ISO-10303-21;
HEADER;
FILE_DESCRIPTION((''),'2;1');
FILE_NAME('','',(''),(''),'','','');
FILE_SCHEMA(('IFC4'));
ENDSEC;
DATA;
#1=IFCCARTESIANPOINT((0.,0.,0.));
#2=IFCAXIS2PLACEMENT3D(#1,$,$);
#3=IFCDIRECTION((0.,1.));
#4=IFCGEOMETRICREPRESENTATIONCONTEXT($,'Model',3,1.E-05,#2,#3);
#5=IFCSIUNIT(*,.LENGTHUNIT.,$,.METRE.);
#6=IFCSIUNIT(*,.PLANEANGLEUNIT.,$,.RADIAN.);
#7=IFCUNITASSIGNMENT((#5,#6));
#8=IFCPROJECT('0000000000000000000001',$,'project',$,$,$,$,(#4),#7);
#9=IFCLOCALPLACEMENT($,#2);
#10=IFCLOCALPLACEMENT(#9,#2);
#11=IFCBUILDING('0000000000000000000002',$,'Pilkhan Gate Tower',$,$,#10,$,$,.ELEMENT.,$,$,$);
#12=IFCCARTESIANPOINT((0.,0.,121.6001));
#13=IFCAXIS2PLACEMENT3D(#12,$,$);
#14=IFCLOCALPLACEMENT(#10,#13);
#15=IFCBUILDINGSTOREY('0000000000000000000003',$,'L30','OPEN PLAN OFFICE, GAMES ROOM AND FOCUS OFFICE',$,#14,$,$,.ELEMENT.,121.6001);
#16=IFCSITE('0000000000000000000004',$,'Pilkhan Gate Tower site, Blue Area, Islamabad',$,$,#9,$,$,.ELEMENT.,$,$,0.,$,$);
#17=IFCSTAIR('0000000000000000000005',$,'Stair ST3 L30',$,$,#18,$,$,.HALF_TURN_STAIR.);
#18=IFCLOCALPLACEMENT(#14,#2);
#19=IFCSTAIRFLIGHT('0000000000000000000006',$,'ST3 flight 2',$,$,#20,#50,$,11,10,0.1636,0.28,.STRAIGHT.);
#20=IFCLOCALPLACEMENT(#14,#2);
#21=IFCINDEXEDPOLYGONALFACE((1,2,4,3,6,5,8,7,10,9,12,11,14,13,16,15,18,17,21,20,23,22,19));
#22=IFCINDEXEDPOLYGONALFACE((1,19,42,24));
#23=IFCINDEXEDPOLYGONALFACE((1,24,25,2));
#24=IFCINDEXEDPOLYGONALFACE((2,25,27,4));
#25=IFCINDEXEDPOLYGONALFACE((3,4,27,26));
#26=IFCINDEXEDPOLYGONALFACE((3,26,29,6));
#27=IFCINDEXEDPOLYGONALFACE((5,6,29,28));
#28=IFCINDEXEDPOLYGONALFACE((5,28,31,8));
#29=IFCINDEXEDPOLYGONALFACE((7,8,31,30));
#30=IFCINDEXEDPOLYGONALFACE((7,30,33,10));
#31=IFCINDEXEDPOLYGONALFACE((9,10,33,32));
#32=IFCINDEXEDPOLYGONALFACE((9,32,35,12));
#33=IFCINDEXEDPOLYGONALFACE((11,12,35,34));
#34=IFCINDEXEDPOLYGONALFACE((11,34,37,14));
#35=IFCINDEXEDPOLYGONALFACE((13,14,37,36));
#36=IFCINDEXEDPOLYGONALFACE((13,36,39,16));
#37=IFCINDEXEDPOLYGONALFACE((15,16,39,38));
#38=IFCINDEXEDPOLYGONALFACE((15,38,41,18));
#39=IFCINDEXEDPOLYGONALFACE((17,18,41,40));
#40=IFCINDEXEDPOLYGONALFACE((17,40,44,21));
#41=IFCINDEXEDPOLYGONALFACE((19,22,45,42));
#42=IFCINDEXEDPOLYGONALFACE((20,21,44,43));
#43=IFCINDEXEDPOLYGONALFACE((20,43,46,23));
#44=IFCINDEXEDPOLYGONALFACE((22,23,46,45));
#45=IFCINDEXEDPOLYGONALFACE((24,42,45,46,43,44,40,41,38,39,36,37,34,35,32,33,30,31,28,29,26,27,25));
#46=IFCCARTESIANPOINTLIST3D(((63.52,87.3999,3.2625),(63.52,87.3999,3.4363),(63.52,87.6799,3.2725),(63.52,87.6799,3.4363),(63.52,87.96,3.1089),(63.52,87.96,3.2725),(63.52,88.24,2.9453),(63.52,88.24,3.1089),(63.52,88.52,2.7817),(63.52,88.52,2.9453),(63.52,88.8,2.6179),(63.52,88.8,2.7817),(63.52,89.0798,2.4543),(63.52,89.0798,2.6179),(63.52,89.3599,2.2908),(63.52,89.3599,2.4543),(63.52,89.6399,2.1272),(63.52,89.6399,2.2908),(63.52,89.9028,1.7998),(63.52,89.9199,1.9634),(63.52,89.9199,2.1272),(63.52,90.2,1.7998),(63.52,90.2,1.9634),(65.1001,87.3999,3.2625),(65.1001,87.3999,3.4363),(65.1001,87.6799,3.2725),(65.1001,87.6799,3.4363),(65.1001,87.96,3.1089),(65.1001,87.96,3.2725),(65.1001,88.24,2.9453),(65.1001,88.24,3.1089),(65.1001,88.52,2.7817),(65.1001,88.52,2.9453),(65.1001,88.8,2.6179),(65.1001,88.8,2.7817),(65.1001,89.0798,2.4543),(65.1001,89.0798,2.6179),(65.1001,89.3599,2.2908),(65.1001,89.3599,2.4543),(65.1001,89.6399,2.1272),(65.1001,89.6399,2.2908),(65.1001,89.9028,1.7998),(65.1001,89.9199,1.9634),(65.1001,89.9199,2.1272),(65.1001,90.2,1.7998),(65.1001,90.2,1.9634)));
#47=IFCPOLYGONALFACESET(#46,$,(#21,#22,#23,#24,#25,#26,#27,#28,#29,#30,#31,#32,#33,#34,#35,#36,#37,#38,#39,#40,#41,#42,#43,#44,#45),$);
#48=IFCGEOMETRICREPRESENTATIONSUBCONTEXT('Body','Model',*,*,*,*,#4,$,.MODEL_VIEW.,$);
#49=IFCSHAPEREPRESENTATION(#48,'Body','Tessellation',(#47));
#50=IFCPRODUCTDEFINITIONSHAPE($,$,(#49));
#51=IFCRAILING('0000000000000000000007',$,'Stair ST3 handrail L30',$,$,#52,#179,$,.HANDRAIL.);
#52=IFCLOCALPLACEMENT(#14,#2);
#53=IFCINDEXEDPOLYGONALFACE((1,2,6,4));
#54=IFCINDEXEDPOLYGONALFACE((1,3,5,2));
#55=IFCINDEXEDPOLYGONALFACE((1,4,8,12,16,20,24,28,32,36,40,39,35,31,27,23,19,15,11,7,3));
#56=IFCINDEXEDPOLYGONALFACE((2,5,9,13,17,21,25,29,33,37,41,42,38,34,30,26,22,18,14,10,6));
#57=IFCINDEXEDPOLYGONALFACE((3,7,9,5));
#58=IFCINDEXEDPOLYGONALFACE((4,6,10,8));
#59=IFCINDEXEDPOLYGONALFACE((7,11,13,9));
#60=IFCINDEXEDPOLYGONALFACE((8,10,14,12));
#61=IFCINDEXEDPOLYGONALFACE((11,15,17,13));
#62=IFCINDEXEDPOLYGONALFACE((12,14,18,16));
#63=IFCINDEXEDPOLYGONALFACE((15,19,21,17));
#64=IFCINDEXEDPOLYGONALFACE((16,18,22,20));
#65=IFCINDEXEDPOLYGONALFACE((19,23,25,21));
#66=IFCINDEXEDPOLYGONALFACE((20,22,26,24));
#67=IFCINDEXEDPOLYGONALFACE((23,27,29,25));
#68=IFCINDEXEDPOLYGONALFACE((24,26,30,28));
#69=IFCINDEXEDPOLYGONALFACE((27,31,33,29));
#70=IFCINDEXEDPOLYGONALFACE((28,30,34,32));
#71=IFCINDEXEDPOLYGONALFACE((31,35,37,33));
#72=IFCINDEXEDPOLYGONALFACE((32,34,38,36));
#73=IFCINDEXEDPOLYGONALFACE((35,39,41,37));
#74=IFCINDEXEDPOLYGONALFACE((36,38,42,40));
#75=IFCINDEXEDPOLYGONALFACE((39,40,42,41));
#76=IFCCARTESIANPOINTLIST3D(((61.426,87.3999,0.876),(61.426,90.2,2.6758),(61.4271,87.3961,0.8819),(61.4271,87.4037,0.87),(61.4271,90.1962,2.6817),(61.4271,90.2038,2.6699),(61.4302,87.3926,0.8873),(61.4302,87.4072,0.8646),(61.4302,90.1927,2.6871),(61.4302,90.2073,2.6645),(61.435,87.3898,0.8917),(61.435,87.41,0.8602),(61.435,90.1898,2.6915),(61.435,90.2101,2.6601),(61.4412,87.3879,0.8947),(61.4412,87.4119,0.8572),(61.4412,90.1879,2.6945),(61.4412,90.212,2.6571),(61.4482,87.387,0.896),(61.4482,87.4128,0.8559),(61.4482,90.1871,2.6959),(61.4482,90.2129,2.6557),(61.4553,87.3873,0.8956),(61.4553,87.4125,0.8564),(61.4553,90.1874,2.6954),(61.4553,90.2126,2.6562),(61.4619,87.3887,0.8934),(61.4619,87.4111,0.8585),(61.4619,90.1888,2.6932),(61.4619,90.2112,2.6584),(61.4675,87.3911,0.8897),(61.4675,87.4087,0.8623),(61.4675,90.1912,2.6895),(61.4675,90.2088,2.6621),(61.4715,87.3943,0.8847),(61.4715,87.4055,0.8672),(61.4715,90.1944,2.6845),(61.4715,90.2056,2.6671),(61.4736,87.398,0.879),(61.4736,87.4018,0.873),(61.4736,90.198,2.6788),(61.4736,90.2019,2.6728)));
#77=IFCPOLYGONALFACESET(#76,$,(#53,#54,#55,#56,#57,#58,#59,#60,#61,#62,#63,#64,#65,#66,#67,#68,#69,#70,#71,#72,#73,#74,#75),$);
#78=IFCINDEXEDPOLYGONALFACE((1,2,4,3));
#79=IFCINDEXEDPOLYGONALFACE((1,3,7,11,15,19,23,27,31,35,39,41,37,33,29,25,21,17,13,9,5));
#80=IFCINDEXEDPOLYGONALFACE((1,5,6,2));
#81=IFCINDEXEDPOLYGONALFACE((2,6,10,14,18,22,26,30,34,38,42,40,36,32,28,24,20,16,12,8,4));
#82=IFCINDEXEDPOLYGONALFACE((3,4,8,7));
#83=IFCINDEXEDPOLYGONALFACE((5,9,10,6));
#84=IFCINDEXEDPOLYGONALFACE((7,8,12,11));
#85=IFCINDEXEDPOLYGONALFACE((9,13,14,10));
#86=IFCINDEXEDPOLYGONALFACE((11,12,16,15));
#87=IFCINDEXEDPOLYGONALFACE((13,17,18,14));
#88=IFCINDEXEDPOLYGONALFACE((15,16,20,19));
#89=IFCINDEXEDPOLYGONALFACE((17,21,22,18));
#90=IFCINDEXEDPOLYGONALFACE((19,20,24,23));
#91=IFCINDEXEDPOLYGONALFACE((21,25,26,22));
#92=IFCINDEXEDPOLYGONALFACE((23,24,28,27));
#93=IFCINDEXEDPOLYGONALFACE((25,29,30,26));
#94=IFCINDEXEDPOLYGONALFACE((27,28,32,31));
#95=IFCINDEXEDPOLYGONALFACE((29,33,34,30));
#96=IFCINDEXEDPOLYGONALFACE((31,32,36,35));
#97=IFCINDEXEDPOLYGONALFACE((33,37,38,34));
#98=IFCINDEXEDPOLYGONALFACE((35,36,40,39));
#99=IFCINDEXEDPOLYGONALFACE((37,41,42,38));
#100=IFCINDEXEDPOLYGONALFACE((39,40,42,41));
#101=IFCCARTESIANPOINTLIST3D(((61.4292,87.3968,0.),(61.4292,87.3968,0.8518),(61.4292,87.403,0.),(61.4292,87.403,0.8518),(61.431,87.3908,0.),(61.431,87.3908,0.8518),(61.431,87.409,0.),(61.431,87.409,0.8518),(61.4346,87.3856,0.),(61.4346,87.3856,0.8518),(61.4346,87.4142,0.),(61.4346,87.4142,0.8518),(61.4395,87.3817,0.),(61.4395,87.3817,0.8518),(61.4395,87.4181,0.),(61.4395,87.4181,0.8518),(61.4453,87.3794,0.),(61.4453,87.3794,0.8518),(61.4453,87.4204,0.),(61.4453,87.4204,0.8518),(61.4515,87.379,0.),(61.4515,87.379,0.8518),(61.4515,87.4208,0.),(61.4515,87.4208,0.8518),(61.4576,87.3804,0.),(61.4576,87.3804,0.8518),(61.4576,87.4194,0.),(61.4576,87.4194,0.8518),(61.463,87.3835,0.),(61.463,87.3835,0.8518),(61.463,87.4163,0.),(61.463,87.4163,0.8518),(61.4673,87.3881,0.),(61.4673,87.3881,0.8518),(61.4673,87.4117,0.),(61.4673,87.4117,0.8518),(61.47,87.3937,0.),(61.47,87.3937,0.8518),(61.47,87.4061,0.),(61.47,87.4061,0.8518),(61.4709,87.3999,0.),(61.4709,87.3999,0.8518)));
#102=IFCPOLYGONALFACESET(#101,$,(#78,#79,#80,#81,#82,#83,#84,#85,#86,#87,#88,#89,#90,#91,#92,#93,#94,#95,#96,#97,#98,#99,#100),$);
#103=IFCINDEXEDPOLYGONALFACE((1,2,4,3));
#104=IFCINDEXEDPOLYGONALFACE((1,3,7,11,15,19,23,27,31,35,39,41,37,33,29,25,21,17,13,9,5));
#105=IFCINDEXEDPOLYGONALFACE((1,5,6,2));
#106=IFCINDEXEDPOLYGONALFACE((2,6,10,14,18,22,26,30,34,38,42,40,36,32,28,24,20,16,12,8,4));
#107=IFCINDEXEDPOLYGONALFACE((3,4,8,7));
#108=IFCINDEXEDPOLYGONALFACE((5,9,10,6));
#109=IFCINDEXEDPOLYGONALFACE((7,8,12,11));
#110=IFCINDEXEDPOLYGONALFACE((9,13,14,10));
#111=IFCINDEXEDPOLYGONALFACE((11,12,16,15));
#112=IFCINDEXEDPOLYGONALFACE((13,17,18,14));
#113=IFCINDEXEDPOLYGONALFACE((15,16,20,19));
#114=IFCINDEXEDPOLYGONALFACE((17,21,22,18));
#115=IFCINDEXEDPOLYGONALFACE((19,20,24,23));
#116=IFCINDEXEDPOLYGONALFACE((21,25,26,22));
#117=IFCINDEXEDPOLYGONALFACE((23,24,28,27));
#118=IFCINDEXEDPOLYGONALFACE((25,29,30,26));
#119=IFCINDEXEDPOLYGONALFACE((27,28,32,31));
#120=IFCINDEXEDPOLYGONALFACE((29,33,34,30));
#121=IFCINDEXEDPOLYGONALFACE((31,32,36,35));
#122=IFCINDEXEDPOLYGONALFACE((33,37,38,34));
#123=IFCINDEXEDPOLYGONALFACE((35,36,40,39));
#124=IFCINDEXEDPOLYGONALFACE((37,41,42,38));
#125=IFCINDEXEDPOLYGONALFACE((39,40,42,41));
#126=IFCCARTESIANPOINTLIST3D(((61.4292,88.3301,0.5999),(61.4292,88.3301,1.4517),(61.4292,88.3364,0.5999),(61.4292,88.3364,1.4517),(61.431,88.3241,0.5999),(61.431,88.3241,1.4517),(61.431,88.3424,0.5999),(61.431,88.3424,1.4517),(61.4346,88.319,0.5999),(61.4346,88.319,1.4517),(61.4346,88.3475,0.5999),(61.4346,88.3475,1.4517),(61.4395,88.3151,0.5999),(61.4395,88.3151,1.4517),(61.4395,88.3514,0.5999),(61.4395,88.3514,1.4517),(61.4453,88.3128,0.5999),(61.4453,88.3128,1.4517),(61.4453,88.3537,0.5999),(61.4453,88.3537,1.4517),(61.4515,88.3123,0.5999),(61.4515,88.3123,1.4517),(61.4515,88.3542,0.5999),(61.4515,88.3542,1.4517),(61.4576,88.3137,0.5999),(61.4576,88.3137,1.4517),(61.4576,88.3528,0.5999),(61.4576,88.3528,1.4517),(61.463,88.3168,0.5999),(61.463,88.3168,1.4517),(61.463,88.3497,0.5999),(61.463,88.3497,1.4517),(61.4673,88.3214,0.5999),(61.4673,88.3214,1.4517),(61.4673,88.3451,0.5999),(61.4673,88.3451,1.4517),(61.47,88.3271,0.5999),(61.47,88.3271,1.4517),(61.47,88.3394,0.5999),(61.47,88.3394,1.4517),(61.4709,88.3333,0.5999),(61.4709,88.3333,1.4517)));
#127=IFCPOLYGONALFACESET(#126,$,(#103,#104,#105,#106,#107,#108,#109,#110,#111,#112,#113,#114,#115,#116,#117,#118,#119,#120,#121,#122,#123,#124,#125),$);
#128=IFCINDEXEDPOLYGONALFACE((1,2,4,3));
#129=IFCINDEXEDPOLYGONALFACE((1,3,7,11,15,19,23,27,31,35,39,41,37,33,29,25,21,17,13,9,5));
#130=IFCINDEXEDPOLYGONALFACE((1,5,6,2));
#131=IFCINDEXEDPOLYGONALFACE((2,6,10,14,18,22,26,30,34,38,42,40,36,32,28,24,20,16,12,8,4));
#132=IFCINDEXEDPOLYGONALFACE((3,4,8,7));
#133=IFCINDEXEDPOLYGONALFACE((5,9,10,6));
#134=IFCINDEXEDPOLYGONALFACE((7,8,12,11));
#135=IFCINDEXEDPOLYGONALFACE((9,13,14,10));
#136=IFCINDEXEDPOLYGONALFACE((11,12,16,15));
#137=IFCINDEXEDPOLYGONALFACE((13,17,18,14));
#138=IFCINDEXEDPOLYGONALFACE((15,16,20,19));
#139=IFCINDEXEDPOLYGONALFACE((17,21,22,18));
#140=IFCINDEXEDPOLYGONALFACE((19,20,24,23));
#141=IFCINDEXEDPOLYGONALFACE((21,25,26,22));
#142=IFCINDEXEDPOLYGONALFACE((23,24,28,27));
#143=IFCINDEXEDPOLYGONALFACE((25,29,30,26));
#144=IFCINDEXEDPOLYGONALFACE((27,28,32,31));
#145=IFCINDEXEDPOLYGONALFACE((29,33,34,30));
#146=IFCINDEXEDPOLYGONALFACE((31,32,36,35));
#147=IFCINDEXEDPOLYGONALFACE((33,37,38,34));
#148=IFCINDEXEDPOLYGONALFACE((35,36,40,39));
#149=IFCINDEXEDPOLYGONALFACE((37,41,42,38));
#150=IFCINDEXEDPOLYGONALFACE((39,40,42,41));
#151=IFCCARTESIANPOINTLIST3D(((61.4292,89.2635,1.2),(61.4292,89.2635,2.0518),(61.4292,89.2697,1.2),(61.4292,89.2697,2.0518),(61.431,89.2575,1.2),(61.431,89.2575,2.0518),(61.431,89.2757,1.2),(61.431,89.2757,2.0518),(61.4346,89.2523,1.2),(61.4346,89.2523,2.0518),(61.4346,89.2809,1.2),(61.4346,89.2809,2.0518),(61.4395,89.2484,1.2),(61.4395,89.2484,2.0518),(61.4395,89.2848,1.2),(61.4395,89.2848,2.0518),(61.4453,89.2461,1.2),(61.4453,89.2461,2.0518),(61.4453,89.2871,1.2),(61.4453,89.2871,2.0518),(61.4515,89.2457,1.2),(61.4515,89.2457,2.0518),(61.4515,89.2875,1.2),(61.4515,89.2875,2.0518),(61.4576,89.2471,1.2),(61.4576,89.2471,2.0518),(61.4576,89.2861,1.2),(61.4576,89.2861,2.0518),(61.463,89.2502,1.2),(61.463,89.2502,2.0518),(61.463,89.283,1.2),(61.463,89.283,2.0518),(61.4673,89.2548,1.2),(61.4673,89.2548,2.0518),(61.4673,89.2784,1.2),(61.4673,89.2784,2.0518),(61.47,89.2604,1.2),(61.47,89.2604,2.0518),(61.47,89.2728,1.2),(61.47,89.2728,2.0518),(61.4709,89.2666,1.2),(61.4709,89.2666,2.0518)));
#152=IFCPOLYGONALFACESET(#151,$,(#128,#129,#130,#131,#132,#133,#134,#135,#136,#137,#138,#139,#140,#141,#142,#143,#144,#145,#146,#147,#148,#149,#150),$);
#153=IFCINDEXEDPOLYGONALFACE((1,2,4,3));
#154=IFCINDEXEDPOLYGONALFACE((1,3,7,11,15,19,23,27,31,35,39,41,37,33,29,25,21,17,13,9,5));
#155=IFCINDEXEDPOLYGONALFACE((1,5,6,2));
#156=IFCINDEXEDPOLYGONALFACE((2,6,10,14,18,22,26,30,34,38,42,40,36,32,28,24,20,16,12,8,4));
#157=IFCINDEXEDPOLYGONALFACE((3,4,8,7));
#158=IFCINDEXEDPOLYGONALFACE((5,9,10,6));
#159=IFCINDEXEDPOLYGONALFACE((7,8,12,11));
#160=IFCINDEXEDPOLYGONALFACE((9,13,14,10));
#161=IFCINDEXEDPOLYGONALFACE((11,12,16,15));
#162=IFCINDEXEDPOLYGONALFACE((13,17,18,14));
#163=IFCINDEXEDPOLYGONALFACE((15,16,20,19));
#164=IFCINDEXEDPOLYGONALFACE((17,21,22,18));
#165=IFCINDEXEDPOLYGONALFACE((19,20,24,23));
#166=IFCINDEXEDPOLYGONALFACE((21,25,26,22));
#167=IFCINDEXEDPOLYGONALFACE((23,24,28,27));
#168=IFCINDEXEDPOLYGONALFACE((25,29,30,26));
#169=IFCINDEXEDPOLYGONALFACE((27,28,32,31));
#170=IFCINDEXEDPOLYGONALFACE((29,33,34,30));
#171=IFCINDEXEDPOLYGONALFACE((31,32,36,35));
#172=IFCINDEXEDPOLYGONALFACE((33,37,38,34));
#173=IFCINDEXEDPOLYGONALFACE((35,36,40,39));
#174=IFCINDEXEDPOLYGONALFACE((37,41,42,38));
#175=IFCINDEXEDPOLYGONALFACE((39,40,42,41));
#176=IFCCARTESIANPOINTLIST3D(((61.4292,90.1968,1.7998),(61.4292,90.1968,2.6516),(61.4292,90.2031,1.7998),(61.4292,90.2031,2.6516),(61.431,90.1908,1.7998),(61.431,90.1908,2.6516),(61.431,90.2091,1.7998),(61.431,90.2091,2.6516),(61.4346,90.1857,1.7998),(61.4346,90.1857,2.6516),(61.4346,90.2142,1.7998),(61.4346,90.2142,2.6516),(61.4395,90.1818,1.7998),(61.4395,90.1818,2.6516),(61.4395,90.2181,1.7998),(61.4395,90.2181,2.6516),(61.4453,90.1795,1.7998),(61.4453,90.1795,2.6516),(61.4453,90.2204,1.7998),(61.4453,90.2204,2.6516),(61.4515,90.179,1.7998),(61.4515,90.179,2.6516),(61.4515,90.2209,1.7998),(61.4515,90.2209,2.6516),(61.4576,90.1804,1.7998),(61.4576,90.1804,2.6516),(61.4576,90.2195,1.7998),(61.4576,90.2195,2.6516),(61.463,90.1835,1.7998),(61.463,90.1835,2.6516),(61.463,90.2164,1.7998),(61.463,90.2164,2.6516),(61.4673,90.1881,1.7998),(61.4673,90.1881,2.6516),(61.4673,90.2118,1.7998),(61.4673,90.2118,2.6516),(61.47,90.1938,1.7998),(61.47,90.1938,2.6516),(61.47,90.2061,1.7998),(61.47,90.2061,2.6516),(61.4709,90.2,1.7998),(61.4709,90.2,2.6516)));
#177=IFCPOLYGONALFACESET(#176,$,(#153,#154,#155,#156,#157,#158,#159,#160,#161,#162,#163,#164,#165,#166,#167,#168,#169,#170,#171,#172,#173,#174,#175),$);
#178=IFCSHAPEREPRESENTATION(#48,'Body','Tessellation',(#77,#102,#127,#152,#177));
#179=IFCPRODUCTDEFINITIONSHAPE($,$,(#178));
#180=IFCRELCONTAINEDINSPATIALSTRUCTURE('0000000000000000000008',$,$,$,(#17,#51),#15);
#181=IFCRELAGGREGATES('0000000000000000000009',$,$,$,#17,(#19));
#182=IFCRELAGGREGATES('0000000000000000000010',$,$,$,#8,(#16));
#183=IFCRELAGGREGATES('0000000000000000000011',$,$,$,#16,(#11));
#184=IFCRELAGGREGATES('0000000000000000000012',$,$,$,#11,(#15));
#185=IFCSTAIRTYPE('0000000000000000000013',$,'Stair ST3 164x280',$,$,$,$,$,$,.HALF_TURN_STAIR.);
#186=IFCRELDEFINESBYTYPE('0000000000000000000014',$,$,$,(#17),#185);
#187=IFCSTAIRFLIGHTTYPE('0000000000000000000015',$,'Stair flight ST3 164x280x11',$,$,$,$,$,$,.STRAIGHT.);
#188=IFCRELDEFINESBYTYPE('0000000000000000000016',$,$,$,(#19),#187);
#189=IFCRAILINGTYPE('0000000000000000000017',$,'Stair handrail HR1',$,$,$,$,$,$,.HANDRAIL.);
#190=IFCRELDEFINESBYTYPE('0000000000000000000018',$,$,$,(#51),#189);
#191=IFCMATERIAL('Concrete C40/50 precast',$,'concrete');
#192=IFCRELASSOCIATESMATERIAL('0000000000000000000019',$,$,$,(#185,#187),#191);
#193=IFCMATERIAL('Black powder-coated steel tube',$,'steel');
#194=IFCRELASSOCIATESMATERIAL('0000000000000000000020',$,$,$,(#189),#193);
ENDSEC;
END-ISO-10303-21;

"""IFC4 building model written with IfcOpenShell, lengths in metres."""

from ifc_helpers import new_model, si_unit, direction, frame, origin, origin_2d, place, context, subcontext, project, spatial, polyline, circle, outline, extrude, material, type_object, element, aggregate, save


model = new_model("IFC4")

# Units and contexts
model_context = context("Model", 3, precision=1e-05, world=origin(), true_north=direction((0.0, 1.0)))
body_context = subcontext(model_context, "Body", "Model", "MODEL_VIEW")
ifc_project = project(units=[si_unit("LENGTHUNIT", "METRE"), si_unit("PLANEANGLEUNIT", "RADIAN")], contexts=[model_context])

# Site, building, storey
site_placement = place(None, origin())
site = spatial("IfcSite", under=ifc_project, at=site_placement, Name="Pilkhan Gate Tower site, Blue Area, Islamabad", CompositionType="ELEMENT", RefElevation=0.0)
building_placement = place(site_placement, origin())
building = spatial("IfcBuilding", under=site, at=building_placement, Name="Pilkhan Gate Tower", CompositionType="ELEMENT")
storey_placement = place(building_placement, frame((0.0, 0.0, 121.6001)))
storey = spatial("IfcBuildingStorey", under=building, at=storey_placement, Name="L30", Description="OPEN PLAN OFFICE, GAMES ROOM AND FOCUS OFFICE", CompositionType="ELEMENT", Elevation=121.6001)

# Stair, stair flight
ifc_material_1 = material(Name="Concrete C40/50 precast", Category="concrete")
stair_type = type_object("IfcStairType", Name="Stair ST3 164x280", PredefinedType="HALF_TURN_STAIR", material=ifc_material_1)
stair_placement = place(storey_placement, origin())
stair = element("IfcStair", 1, at=stair_placement, inside=storey, type_object=stair_type, Name="Stair ST3 L30", PredefinedType="HALF_TURN_STAIR")
stair_flight_type = type_object("IfcStairFlightType", Name="Stair flight ST3 164x280x11", PredefinedType="STRAIGHT", material=ifc_material_1)
stair_flight_1_placement = place(storey_placement, frame((64.3101, 90.2, 1.7998), z_axis=(0.0, 0.0, 1.0), x_axis=(0.0, -1.0, 0.0)))
stair_flight_1 = element("IfcStairFlight", 2, at=stair_flight_1_placement, type_object=stair_flight_type, Name="ST3 flight 2", NumberOfRisers=11, NumberOfTreads=10, PredefinedType="STRAIGHT", RiserHeight=0.1636, TreadLength=0.28, context=body_context, shape_type="SweptSolid", body=[
    extrude(outline(polyline([(0.0, 0.0), (0.0, 0.1636), (0.28, 0.1636), (0.28, 0.3274), (0.5601, 0.3274), (0.5601, 0.491), (0.8401, 0.491), (0.8401, 0.6545), (1.1201, 0.6545), (1.1201, 0.8181), (1.3999, 0.8181), (1.3999, 0.9819), (1.6799, 0.9819), (1.6799, 1.1455), (1.96, 1.1455), (1.96, 1.3091), (2.24, 1.3091), (2.24, 1.4727), (2.52, 1.4727), (2.52, 1.6365), (2.8, 1.6365), (2.8, 1.8), (2.8, 1.4626), (0.2971, 0.0), (0.0, 0.0)])), frame((0.0, 0.79, 0.0), z_axis=(0.0, -1.0, 0.0), x_axis=(1.0, 0.0, 0.0)), (0.0, 0.0, 1.0), 1.5801),
])
aggregate(stair, [stair_flight_1])

# Railing
ifc_material_2 = material(Name="Black powder-coated steel tube", Category="steel")
railing_type_1 = type_object("IfcRailingType", Name="Stair handrail HR1", PredefinedType="HANDRAIL", material=ifc_material_2)
railing_1_placement = place(storey_placement, frame((61.45, 87.3999, 0.0)))
element("IfcRailing", 3, at=railing_1_placement, inside=storey, type_object=railing_type_1, Name="Stair ST3 handrail L30", PredefinedType="HANDRAIL", context=body_context, shape_type="SweptSolid", body=[
    extrude(circle(Radius=0.0239, at=origin_2d()), frame((0.0, 0.0, 0.876), z_axis=(0.0, 0.841209, 0.540709), x_axis=(-1.0, 0.0, 0.0)), (0.0, 0.0, 1.0), 3.3286),
    extrude(circle(Radius=0.021, at=origin_2d()), origin(), (0.0, 0.0, 1.0), 0.8518),
    extrude(circle(Radius=0.021, at=origin_2d()), frame((0.0, 0.9333, 0.5999)), (0.0, 0.0, 1.0), 0.8518),
    extrude(circle(Radius=0.021, at=origin_2d()), frame((0.0, 1.8667, 1.2)), (0.0, 0.0, 1.0), 0.8518),
    extrude(circle(Radius=0.021, at=origin_2d()), frame((0.0, 2.8, 1.7998)), (0.0, 0.0, 1.0), 0.8518),
])

save(model, "model.ifc")
